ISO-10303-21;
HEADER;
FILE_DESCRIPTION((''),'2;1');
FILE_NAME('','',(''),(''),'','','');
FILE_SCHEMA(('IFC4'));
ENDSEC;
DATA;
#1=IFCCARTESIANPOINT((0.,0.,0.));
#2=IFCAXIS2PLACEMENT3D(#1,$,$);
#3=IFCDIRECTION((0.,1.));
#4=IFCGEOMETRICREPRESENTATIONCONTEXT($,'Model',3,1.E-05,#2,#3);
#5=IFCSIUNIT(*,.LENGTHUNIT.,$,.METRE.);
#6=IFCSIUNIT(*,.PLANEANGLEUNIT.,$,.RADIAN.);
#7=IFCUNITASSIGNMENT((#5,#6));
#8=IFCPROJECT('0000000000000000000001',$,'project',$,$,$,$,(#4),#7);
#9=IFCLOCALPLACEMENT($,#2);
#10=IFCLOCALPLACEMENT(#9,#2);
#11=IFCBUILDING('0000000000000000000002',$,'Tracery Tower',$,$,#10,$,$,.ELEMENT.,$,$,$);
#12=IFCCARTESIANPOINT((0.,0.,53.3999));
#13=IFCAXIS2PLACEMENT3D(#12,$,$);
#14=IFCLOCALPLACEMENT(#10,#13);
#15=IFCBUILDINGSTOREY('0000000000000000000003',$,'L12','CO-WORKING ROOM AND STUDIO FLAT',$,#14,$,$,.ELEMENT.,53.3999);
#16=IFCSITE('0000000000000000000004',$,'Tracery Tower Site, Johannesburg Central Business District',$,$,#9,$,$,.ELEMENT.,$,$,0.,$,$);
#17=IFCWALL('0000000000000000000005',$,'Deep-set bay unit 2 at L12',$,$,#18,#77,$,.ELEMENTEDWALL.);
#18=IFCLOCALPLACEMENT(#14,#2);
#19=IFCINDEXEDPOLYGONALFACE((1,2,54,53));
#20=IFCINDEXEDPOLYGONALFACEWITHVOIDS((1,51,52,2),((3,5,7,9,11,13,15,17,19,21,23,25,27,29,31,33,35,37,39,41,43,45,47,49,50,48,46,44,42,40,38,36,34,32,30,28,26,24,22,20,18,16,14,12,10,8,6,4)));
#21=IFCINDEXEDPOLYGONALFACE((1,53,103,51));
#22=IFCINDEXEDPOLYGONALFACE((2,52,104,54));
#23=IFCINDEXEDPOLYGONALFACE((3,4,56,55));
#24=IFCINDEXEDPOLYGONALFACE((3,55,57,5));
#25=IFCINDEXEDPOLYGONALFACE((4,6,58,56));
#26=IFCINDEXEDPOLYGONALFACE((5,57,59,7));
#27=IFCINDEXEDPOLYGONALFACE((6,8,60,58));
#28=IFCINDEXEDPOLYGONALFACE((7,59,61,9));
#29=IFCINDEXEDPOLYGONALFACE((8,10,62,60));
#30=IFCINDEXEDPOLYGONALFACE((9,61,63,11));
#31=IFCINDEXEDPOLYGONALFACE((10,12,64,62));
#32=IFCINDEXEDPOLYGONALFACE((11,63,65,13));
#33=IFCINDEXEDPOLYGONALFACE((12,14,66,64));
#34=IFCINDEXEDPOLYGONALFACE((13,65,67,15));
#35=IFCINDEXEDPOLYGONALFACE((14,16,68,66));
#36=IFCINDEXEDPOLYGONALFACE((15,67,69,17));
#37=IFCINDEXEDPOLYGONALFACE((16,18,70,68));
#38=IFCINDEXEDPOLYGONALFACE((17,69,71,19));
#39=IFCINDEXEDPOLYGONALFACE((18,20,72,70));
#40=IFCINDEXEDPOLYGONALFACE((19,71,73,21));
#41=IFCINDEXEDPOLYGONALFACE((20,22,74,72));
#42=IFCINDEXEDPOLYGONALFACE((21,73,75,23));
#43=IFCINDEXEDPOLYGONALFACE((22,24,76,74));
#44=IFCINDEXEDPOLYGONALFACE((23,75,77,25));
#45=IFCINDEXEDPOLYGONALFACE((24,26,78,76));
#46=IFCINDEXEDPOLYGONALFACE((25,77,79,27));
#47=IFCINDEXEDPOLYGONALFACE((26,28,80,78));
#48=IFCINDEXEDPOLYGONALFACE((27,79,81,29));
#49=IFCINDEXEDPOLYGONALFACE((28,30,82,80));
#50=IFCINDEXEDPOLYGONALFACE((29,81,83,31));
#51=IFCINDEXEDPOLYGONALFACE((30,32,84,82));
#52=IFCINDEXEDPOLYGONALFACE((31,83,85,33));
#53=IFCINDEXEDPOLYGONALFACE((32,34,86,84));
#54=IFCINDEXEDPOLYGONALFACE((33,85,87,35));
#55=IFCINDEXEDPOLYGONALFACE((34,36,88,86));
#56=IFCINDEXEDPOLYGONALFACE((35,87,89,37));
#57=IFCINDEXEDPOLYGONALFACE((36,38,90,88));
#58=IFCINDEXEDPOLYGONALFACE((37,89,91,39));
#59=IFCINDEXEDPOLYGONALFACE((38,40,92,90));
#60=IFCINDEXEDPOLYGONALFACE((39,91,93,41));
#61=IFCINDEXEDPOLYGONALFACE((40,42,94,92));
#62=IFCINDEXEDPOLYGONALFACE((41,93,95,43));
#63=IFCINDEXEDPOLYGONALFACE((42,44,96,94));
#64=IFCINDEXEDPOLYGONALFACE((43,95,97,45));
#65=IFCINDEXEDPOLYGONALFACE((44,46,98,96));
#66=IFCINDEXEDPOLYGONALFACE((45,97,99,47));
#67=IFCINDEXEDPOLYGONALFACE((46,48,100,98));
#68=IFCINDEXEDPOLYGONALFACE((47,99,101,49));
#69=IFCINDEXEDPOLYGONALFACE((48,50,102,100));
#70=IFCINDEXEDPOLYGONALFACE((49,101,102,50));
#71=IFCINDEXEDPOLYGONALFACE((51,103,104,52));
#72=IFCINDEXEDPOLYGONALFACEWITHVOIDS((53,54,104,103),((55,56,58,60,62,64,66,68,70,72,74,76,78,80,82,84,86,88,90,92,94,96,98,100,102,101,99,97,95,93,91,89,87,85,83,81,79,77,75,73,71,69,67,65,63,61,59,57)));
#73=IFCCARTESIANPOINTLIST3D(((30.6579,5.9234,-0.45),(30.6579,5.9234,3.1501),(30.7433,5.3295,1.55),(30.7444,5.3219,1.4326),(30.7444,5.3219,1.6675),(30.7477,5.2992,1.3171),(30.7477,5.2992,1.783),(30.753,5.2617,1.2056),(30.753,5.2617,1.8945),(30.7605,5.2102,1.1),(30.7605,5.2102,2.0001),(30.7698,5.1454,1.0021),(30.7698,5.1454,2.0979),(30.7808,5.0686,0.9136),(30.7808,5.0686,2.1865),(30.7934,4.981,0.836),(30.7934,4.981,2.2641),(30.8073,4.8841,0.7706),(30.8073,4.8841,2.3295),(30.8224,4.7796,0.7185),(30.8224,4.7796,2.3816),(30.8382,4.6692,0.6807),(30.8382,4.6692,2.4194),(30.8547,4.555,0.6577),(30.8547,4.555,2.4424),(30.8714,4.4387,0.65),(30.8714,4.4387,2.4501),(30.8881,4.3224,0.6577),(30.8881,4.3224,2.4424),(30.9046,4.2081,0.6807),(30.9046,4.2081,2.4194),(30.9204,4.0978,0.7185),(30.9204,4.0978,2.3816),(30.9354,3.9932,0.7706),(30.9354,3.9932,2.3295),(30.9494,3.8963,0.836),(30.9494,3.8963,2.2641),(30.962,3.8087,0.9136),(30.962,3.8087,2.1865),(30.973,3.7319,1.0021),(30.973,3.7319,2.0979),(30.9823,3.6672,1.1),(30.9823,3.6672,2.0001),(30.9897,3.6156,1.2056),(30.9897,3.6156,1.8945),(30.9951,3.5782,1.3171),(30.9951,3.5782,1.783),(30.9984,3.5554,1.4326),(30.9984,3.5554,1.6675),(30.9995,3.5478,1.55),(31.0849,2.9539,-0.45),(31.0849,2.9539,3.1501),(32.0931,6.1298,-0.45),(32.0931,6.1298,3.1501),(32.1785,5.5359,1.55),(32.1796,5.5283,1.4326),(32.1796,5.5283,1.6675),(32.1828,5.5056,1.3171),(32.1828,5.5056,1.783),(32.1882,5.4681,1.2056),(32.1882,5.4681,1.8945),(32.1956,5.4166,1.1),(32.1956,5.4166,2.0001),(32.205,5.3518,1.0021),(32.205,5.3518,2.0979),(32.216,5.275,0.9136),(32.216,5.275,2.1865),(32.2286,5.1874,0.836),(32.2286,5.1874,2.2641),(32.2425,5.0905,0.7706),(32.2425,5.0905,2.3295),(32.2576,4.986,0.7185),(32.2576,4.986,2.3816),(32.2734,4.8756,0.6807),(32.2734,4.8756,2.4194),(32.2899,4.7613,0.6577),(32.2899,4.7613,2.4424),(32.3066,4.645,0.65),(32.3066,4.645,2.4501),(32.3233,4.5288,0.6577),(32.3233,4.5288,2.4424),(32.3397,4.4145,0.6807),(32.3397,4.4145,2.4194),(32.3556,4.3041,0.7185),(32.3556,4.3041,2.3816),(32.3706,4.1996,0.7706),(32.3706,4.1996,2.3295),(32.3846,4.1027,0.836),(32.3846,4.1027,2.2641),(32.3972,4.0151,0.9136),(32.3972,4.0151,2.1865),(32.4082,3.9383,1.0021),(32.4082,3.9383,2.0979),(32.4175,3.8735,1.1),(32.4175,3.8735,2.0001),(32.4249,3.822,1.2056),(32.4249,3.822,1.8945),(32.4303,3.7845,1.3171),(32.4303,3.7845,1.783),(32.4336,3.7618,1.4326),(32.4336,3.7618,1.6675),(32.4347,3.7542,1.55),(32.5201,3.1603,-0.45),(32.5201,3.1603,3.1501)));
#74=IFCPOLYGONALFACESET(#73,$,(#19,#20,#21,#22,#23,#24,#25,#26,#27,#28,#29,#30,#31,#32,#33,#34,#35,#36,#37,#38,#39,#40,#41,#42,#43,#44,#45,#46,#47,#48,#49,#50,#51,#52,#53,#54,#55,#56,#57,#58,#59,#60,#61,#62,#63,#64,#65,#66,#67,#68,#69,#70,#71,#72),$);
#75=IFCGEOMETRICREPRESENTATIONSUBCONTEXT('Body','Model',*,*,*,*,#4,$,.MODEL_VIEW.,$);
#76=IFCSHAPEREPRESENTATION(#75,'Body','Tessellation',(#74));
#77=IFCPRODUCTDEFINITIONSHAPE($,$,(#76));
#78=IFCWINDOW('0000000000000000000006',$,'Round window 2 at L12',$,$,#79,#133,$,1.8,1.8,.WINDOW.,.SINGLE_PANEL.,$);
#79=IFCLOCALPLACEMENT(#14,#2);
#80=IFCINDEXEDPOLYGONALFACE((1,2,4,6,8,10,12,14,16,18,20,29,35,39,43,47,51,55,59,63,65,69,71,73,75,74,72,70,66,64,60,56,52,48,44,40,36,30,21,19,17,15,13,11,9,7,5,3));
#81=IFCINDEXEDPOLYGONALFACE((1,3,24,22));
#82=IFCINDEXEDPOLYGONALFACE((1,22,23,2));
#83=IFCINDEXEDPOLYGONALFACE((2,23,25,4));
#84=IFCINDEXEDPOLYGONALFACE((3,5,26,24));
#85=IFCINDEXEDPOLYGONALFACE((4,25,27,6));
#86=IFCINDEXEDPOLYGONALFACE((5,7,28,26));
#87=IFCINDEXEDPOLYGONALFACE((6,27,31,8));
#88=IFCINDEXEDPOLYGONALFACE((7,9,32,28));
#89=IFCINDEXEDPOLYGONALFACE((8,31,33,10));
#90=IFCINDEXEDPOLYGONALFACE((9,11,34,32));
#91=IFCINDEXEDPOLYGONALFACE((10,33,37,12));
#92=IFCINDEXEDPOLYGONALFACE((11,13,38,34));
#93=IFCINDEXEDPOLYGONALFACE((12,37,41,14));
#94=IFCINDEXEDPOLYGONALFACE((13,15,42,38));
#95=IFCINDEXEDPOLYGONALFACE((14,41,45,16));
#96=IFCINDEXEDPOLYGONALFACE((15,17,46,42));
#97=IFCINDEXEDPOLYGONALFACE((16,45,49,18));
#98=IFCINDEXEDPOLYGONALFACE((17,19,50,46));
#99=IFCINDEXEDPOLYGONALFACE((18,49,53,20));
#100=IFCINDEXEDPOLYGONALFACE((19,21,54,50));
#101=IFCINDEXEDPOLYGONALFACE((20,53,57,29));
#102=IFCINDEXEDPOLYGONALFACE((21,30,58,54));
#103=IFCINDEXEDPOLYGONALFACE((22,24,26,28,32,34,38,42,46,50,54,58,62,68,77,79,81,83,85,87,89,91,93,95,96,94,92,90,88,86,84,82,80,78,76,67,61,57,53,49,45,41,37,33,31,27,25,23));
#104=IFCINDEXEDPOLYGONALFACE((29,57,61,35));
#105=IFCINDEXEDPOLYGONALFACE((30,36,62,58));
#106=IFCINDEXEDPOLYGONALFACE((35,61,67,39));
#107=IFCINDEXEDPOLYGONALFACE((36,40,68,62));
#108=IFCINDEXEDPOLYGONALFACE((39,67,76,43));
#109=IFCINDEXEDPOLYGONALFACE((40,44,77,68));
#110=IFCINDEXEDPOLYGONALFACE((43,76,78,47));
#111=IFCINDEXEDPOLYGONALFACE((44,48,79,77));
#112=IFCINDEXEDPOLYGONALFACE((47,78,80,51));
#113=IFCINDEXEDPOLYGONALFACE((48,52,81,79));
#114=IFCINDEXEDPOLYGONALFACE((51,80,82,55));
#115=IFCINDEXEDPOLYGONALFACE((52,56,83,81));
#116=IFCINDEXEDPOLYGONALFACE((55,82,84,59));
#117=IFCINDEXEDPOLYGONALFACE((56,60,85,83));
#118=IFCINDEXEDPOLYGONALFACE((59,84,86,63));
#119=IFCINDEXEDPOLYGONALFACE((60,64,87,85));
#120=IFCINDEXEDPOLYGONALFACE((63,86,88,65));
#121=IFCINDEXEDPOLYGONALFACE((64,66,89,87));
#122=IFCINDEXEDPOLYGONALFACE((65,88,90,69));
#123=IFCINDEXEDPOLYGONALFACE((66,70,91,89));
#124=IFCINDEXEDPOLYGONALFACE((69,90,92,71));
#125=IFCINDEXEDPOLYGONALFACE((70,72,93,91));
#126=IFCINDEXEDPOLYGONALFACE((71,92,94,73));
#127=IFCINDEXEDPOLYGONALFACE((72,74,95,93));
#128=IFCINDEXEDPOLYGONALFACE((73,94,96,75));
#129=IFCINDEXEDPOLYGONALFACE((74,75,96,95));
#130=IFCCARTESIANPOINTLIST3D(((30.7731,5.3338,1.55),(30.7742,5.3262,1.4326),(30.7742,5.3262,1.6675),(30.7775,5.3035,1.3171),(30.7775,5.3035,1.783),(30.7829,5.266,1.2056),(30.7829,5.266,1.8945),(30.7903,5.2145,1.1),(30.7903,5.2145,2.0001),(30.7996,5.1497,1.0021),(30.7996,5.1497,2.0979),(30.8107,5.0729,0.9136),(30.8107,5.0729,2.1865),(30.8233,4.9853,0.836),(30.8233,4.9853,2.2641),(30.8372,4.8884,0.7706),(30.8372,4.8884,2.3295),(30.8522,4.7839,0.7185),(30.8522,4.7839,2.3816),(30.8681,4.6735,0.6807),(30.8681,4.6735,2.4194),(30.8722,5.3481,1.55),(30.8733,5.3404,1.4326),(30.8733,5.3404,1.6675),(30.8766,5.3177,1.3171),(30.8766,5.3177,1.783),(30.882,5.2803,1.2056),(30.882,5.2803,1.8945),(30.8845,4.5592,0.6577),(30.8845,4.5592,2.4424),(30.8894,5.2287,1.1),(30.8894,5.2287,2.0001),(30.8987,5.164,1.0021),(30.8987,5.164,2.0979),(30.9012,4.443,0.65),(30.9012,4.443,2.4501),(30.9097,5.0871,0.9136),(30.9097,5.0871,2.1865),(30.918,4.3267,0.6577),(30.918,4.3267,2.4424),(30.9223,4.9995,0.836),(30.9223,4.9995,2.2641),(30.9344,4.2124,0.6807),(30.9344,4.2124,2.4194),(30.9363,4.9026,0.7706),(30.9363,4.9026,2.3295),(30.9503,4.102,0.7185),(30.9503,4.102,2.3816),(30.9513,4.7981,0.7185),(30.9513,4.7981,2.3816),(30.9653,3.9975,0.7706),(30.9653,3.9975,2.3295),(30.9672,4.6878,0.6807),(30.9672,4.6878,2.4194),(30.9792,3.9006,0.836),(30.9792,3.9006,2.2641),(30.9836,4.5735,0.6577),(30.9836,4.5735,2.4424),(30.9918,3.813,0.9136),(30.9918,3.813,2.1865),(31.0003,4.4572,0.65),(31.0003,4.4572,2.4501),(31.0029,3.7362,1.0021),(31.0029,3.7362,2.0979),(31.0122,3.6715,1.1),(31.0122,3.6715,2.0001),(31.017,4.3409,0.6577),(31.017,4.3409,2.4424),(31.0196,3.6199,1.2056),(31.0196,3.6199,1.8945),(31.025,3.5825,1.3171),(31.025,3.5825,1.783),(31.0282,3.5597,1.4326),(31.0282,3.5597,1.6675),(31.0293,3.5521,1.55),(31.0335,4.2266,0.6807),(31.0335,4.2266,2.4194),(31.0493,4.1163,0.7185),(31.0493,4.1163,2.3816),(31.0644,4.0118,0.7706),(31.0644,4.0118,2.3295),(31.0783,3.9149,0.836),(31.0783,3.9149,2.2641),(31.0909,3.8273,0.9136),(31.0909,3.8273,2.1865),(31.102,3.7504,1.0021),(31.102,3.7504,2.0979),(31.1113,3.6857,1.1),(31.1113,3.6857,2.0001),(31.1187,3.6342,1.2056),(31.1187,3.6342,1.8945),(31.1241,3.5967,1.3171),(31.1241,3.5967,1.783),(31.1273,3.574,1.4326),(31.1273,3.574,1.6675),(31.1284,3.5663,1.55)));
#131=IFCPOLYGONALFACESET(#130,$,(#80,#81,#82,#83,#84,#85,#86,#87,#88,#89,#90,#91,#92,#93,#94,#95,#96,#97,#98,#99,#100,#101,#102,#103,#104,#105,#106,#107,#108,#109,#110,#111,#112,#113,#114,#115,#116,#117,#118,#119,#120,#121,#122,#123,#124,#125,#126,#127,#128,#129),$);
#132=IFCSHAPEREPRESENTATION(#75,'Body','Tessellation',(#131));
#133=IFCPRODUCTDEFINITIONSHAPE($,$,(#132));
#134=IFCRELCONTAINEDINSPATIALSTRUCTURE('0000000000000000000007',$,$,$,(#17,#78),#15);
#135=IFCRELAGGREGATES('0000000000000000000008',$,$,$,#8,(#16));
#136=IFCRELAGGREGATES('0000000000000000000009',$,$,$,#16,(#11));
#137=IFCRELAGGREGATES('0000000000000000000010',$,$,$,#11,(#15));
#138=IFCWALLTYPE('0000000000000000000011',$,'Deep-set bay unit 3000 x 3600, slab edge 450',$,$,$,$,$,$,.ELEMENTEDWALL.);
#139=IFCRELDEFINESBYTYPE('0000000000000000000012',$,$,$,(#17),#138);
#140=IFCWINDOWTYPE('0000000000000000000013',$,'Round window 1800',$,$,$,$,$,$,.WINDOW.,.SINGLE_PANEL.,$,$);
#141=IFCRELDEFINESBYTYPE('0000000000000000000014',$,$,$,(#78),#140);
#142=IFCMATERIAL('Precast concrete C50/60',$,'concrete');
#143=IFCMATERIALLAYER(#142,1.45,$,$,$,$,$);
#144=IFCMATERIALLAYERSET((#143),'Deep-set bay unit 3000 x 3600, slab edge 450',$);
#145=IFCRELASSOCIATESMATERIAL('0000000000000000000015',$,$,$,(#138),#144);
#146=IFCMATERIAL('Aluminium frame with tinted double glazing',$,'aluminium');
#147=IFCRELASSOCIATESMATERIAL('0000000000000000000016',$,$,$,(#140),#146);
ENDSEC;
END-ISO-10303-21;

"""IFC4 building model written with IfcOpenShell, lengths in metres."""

from ifc_helpers import new_model, si_unit, direction, frame, frame_2d, origin, origin_2d, place, context, subcontext, project, spatial, rectangle, circle, extrude, material, layer, layer_set, type_object, element, fill, save


model = new_model("IFC4")

# Units and contexts
model_context = context("Model", 3, precision=1e-05, world=origin(), true_north=direction((0.0, 1.0)))
body_context = subcontext(model_context, "Body", "Model", "MODEL_VIEW")
ifc_project = project(units=[si_unit("LENGTHUNIT", "METRE"), si_unit("PLANEANGLEUNIT", "RADIAN")], contexts=[model_context])

# Site, building, storey
site_placement = place(None, origin())
site = spatial("IfcSite", under=ifc_project, at=site_placement, Name="Tracery Tower Site, Johannesburg Central Business District", CompositionType="ELEMENT", RefElevation=0.0)
building_placement = place(site_placement, origin())
building = spatial("IfcBuilding", under=site, at=building_placement, Name="Tracery Tower", CompositionType="ELEMENT")
storey_placement = place(building_placement, frame((0.0, 0.0, 53.3999)))
storey = spatial("IfcBuildingStorey", under=building, at=storey_placement, Name="L12", Description="CO-WORKING ROOM AND STUDIO FLAT", CompositionType="ELEMENT", Elevation=53.3999)

# Wall, opening, window
ifc_material_1 = material(Name="Precast concrete C50/60", Category="concrete")
ifc_layer_1 = layer(ifc_material_1, 1.45)
ifc_layer_set_1 = layer_set([ifc_layer_1], Name="Deep-set bay unit 3000 x 3600, slab edge 450")
wall_type_1 = type_object("IfcWallType", Name="Deep-set bay unit 3000 x 3600, slab edge 450", PredefinedType="ELEMENTEDWALL", material=ifc_layer_set_1)
wall_1_placement = place(storey_placement, frame((31.8025, 3.0571, -0.45), z_axis=(0.0, 0.0, 1.0), x_axis=(-0.142333, 0.989819, 0.0)))
wall_1 = element("IfcWall", 1, at=wall_1_placement, inside=storey, type_object=wall_type_1, Name="Deep-set bay unit 2 at L12", PredefinedType="ELEMENTEDWALL", context=body_context, shape_type="SweptSolid", body=[
    extrude(rectangle(XDim=3.0, YDim=1.45, at=frame_2d((1.5, 0.0))), origin(), (0.0, 0.0, 1.0), 3.6001),
])
opening_1_placement = place(wall_1_placement, frame((1.5, 0.0, 2.0)))
opening_1 = element("IfcOpeningElement", 2, at=opening_1_placement, cuts=wall_1, PredefinedType="OPENING", context=body_context, shape_type="SweptSolid", body=[
    extrude(circle(Radius=0.9, at=origin_2d()), frame((0.0, 0.7349, 0.0), z_axis=(0.0, -1.0, 0.0), x_axis=(1.0, 0.0, 0.0)), (0.0, 0.0, 1.0), 1.47),
])
ifc_material_2 = material(Name="Aluminium frame with tinted double glazing", Category="aluminium")
window_type = type_object("IfcWindowType", Name="Round window 1800", PartitioningType="SINGLE_PANEL", PredefinedType="WINDOW", material=ifc_material_2)
window_1_placement = place(opening_1_placement, origin())
window_1 = element("IfcWindow", 3, at=window_1_placement, inside=storey, type_object=window_type, Name="Round window 2 at L12", OverallHeight=1.8, OverallWidth=1.8, PartitioningType="SINGLE_PANEL", PredefinedType="WINDOW", context=body_context, shape_type="SweptSolid", body=[
    extrude(circle(Radius=0.9, at=origin_2d()), frame((0.0, 0.6948, 0.0), z_axis=(0.0, -1.0, 0.0), x_axis=(1.0, 0.0, 0.0)), (0.0, 0.0, 1.0), 0.1001),
])
fill(opening_1, window_1)

save(model, "model.ifc")
